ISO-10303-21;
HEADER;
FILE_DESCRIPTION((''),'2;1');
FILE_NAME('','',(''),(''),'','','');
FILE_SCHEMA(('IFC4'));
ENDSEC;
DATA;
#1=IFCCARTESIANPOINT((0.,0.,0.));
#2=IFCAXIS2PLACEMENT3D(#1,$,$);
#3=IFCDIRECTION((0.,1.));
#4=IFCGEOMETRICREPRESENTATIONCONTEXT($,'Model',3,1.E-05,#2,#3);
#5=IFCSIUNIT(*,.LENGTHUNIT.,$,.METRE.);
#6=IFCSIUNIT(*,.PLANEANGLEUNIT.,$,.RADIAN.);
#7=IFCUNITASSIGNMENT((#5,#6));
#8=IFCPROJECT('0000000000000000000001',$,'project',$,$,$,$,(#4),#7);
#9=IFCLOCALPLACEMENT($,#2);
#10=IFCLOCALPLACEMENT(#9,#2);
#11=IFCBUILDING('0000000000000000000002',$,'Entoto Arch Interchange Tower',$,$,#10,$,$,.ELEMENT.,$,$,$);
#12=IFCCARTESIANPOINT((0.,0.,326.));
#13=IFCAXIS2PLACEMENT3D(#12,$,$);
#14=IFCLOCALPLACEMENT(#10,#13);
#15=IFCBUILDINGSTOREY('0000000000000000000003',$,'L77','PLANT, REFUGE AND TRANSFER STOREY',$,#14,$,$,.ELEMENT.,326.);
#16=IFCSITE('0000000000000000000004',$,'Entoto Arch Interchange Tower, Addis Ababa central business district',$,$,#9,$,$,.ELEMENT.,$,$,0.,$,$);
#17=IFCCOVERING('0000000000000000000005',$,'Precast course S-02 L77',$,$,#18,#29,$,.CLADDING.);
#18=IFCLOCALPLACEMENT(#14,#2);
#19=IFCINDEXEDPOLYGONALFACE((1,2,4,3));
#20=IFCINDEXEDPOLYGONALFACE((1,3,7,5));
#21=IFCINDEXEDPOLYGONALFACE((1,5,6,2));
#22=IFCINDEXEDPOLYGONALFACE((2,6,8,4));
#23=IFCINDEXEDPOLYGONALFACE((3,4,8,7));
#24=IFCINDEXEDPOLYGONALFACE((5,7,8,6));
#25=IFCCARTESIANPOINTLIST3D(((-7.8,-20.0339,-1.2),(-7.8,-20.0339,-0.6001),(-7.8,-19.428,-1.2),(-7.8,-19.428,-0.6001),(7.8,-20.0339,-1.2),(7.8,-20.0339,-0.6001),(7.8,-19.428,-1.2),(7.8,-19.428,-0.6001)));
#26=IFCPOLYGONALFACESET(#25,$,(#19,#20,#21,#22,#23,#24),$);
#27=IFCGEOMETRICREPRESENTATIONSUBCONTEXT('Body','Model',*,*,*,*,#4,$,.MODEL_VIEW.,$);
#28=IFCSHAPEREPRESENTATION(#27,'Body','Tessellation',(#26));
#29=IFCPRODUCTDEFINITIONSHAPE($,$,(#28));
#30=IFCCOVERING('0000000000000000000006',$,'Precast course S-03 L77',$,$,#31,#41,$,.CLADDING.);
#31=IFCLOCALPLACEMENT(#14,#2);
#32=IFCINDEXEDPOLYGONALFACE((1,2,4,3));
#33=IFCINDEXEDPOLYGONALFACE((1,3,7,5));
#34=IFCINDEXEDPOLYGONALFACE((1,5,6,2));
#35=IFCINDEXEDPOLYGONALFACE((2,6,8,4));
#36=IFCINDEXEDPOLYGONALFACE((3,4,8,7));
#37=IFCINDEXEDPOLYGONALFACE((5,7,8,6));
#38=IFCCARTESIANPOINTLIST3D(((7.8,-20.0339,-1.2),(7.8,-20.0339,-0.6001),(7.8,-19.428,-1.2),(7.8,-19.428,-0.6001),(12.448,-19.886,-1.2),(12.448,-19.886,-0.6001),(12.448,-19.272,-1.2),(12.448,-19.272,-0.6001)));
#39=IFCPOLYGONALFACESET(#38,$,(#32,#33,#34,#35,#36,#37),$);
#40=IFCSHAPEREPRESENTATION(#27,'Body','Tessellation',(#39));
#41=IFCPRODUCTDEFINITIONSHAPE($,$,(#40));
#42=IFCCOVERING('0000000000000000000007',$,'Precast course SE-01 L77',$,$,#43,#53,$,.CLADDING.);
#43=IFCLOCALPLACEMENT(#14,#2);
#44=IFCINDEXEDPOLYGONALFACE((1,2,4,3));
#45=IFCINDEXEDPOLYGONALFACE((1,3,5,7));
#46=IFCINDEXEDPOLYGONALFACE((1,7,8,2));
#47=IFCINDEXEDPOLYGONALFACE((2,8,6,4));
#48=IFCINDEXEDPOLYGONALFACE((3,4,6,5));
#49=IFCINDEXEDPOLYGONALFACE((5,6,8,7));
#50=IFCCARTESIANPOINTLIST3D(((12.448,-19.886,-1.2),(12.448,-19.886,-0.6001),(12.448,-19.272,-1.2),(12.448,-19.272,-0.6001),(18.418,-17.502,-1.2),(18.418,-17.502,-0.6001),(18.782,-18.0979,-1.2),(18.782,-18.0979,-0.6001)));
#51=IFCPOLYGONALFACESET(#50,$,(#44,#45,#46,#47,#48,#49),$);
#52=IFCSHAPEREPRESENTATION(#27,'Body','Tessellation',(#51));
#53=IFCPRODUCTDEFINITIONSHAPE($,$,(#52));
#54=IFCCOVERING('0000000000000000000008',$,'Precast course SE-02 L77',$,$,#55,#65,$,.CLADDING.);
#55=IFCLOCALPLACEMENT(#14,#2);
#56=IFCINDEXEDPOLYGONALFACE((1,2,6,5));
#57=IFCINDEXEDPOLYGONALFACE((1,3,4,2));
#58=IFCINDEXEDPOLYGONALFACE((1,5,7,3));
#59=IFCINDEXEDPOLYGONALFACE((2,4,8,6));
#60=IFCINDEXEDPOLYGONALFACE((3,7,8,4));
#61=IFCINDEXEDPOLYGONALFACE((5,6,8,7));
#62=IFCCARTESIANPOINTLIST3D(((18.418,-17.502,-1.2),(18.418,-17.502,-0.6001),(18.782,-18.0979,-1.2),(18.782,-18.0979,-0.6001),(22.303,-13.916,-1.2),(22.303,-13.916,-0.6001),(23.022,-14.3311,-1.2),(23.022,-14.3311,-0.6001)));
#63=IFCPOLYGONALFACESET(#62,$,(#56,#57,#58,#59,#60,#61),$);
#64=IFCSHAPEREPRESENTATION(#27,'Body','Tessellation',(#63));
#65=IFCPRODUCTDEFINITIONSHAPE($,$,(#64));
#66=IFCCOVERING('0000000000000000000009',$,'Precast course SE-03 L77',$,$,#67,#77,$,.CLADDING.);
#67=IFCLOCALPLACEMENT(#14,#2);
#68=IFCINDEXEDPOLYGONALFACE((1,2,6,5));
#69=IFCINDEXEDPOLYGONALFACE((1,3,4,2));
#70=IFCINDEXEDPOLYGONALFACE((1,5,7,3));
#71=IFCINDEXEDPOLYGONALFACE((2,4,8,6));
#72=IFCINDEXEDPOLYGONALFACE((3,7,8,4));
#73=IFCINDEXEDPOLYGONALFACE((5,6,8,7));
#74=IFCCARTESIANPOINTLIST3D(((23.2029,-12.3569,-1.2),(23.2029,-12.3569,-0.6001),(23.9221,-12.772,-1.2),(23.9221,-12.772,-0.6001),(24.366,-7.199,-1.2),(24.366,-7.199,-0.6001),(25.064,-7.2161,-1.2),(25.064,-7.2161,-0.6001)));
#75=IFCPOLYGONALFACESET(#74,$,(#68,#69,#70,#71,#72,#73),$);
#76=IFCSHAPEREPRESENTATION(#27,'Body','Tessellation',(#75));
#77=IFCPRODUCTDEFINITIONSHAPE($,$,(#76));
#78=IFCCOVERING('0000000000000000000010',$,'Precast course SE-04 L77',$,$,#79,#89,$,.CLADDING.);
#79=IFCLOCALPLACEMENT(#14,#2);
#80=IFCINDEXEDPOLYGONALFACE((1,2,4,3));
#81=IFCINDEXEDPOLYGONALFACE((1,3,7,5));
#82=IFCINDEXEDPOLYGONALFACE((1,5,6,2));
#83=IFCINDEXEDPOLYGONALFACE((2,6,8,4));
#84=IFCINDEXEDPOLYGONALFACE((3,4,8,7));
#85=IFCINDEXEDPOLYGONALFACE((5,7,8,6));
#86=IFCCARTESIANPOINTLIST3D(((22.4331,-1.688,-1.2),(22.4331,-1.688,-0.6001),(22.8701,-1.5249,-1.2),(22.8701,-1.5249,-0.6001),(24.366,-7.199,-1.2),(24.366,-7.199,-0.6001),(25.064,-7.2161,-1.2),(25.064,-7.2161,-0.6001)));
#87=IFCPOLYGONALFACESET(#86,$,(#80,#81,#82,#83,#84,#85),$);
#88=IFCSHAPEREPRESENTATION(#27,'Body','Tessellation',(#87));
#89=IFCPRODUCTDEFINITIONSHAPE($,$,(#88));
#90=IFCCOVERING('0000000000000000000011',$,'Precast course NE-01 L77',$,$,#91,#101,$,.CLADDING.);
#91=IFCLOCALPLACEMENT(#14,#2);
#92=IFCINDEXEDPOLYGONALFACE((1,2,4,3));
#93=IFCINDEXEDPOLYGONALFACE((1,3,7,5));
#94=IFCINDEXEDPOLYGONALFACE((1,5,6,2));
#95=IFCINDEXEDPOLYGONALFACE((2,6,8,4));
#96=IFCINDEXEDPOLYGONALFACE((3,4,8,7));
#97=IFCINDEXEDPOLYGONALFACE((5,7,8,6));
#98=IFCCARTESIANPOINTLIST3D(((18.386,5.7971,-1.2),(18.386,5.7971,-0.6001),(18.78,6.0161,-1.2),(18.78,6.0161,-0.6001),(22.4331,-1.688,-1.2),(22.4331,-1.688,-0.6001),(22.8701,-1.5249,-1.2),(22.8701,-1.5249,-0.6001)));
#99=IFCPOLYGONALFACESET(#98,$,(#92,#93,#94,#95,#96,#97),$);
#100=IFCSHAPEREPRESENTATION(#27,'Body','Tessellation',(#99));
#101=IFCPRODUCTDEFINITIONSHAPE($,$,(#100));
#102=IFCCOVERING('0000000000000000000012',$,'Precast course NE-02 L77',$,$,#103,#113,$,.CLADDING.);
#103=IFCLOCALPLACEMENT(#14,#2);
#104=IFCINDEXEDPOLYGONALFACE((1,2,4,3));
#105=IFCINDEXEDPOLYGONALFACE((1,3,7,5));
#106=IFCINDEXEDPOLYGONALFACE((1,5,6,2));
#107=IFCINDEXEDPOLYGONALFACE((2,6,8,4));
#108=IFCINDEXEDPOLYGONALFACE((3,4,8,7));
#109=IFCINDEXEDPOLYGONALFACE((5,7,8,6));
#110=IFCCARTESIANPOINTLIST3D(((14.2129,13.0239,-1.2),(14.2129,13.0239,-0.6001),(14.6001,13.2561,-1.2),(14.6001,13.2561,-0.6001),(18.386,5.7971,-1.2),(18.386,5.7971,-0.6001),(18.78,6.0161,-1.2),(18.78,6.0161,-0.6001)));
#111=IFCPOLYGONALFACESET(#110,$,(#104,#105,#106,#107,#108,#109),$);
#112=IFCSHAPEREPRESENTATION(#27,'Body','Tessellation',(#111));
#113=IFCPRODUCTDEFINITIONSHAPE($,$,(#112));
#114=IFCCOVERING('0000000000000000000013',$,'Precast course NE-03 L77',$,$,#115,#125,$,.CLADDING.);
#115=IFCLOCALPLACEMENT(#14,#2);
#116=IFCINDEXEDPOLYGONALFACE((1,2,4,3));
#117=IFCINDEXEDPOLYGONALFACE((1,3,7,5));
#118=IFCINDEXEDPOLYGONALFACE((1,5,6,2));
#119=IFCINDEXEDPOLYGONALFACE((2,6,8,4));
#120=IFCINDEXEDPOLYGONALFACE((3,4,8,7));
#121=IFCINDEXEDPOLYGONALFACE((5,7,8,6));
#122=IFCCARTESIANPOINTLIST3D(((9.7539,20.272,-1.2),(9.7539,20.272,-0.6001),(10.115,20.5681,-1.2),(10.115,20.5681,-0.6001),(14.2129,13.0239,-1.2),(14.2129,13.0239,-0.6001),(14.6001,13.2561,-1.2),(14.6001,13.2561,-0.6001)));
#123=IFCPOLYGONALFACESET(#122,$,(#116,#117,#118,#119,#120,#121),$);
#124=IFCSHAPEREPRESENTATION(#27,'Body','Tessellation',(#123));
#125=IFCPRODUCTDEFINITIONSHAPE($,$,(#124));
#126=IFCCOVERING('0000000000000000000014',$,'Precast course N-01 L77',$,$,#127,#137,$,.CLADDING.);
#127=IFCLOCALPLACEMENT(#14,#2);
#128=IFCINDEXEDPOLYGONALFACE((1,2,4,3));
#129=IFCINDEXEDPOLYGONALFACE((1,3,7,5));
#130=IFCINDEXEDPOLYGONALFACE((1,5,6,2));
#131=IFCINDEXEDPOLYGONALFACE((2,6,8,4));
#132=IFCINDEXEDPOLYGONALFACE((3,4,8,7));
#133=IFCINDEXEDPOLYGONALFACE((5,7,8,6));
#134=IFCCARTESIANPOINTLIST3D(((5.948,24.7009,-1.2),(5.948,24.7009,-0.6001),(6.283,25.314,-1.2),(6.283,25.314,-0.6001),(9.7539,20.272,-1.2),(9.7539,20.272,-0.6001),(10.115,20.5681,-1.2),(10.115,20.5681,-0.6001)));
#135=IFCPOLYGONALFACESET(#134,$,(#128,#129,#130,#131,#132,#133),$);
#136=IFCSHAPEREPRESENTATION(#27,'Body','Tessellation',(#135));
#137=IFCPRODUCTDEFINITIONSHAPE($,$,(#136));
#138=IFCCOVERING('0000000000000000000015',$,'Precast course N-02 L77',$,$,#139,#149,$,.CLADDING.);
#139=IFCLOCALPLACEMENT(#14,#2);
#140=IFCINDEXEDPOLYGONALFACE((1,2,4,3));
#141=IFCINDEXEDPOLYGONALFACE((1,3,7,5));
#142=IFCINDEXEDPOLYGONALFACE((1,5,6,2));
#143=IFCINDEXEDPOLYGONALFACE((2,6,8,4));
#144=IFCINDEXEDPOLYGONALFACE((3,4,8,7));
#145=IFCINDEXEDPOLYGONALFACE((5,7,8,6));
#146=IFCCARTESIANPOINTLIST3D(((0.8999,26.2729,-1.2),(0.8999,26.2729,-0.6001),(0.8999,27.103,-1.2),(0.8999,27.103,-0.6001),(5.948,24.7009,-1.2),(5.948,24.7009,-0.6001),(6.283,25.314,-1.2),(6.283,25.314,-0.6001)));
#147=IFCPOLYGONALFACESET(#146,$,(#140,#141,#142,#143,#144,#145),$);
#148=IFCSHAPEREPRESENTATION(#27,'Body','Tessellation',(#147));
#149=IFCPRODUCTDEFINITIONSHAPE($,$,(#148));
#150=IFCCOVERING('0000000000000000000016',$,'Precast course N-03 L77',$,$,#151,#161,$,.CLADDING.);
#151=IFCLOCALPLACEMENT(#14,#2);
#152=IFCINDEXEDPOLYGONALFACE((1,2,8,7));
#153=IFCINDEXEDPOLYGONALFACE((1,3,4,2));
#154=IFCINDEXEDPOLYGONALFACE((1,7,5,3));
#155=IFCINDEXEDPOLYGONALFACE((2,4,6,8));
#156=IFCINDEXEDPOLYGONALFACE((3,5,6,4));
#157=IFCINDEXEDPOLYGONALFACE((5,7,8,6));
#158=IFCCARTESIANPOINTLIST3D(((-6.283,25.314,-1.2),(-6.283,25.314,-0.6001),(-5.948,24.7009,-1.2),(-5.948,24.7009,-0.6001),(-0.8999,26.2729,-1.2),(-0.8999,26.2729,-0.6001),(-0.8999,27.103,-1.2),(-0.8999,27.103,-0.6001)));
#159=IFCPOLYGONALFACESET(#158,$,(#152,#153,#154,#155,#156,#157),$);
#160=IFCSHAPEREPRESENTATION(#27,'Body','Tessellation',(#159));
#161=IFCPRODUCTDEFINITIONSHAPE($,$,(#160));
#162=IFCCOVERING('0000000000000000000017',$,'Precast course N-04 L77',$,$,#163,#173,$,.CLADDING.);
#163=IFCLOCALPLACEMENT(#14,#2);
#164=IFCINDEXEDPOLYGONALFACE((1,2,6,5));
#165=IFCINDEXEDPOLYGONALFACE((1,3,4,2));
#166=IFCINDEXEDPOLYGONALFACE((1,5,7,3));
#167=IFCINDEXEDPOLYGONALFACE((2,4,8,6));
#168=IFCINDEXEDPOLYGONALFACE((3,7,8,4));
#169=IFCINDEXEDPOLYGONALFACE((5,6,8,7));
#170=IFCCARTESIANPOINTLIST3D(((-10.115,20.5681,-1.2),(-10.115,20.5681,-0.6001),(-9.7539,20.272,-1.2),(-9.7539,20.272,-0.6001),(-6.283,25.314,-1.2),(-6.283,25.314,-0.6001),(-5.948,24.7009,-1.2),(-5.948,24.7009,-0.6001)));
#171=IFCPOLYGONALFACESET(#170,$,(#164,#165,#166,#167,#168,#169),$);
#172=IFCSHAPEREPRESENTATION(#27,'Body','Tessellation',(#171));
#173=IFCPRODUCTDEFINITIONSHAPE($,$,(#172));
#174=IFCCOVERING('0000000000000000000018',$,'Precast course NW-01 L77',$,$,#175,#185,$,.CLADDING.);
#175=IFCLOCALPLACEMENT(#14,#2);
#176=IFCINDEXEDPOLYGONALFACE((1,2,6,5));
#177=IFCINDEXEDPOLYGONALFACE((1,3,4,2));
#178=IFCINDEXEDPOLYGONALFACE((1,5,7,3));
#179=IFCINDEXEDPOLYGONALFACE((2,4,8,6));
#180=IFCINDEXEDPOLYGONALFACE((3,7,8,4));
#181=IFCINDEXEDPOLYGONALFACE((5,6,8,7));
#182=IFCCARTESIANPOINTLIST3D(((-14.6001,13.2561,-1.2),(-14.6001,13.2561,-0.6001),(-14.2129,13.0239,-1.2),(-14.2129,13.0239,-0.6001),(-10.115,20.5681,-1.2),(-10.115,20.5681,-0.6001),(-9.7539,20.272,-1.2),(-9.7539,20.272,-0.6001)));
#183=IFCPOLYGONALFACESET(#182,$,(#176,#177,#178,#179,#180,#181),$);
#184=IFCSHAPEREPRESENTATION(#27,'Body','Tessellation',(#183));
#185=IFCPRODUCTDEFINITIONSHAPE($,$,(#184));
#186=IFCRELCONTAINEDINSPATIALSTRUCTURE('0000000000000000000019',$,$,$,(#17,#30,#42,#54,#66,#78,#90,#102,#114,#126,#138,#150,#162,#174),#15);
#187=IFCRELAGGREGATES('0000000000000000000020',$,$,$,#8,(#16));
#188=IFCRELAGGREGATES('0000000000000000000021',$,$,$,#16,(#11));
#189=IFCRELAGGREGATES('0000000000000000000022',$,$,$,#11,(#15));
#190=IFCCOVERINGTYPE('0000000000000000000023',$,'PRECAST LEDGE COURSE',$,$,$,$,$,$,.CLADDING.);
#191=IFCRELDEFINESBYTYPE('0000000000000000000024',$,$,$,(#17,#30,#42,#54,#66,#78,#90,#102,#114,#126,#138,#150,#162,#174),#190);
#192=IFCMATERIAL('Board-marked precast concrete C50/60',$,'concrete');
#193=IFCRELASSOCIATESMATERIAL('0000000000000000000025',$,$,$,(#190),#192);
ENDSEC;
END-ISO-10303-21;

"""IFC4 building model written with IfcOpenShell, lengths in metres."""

from ifc_helpers import new_model, si_unit, direction, frame, origin, place, context, subcontext, project, spatial, polyline, outline, extrude, material, type_object, element, save


model = new_model("IFC4")

# Units and contexts
model_context = context("Model", 3, precision=1e-05, world=origin(), true_north=direction((0.0, 1.0)))
body_context = subcontext(model_context, "Body", "Model", "MODEL_VIEW")
ifc_project = project(units=[si_unit("LENGTHUNIT", "METRE"), si_unit("PLANEANGLEUNIT", "RADIAN")], contexts=[model_context])

# Site, building, storey
site_placement = place(None, origin())
site = spatial("IfcSite", under=ifc_project, at=site_placement, Name="Entoto Arch Interchange Tower, Addis Ababa central business district", CompositionType="ELEMENT", RefElevation=0.0)
building_placement = place(site_placement, origin())
building = spatial("IfcBuilding", under=site, at=building_placement, Name="Entoto Arch Interchange Tower", CompositionType="ELEMENT")
storey_placement = place(building_placement, frame((0.0, 0.0, 326.0)))
storey = spatial("IfcBuildingStorey", under=building, at=storey_placement, Name="L77", Description="PLANT, REFUGE AND TRANSFER STOREY", CompositionType="ELEMENT", Elevation=326.0)

# Coverings
ifc_material_1 = material(Name="Board-marked precast concrete C50/60", Category="concrete")
covering_type = type_object("IfcCoveringType", Name="PRECAST LEDGE COURSE", PredefinedType="CLADDING", material=ifc_material_1)
covering_1_placement = place(storey_placement, frame((0.0, 0.0, -1.2)))
element("IfcCovering", 1, at=covering_1_placement, inside=storey, type_object=covering_type, Name="Precast course S-02 L77", PredefinedType="CLADDING", context=body_context, shape_type="SweptSolid", body=[
    extrude(outline(polyline([(7.8, -19.428), (7.8, -20.0339), (-7.8, -20.0339), (-7.8, -19.428), (7.8, -19.428)])), origin(), (0.0, 0.0, 1.0), 0.5999),
])
covering_2_placement = place(storey_placement, frame((0.0, 0.0, -1.2)))
element("IfcCovering", 2, at=covering_2_placement, inside=storey, type_object=covering_type, Name="Precast course S-03 L77", PredefinedType="CLADDING", context=body_context, shape_type="SweptSolid", body=[
    extrude(outline(polyline([(12.448, -19.272), (12.448, -19.886), (7.8, -20.0339), (7.8, -19.428), (12.448, -19.272)])), origin(), (0.0, 0.0, 1.0), 0.5999),
])
covering_3_placement = place(storey_placement, frame((0.0, 0.0, -1.2)))
element("IfcCovering", 3, at=covering_3_placement, inside=storey, type_object=covering_type, Name="Precast course SE-01 L77", PredefinedType="CLADDING", context=body_context, shape_type="SweptSolid", body=[
    extrude(outline(polyline([(18.418, -17.502), (18.782, -18.0979), (12.448, -19.886), (12.448, -19.272), (18.418, -17.502)])), origin(), (0.0, 0.0, 1.0), 0.5999),
])
covering_4_placement = place(storey_placement, frame((0.0, 0.0, -1.2)))
element("IfcCovering", 4, at=covering_4_placement, inside=storey, type_object=covering_type, Name="Precast course SE-02 L77", PredefinedType="CLADDING", context=body_context, shape_type="SweptSolid", body=[
    extrude(outline(polyline([(22.303, -13.916), (23.022, -14.3311), (18.782, -18.0979), (18.418, -17.502), (22.303, -13.916)])), origin(), (0.0, 0.0, 1.0), 0.5999),
])
covering_5_placement = place(storey_placement, frame((0.0, 0.0, -1.2)))
element("IfcCovering", 5, at=covering_5_placement, inside=storey, type_object=covering_type, Name="Precast course SE-03 L77", PredefinedType="CLADDING", context=body_context, shape_type="SweptSolid", body=[
    extrude(outline(polyline([(24.366, -7.199), (25.064, -7.2161), (23.9221, -12.772), (23.2029, -12.3569), (24.366, -7.199)])), origin(), (0.0, 0.0, 1.0), 0.5999),
])
covering_6_placement = place(storey_placement, frame((0.0, 0.0, -1.2)))
element("IfcCovering", 6, at=covering_6_placement, inside=storey, type_object=covering_type, Name="Precast course SE-04 L77", PredefinedType="CLADDING", context=body_context, shape_type="SweptSolid", body=[
    extrude(outline(polyline([(22.4331, -1.688), (22.8701, -1.5249), (25.064, -7.2161), (24.366, -7.199), (22.4331, -1.688)])), origin(), (0.0, 0.0, 1.0), 0.5999),
])
covering_7_placement = place(storey_placement, frame((0.0, 0.0, -1.2)))
element("IfcCovering", 7, at=covering_7_placement, inside=storey, type_object=covering_type, Name="Precast course NE-01 L77", PredefinedType="CLADDING", context=body_context, shape_type="SweptSolid", body=[
    extrude(outline(polyline([(18.386, 5.7971), (18.78, 6.0161), (22.8701, -1.5249), (22.4331, -1.688), (18.386, 5.7971)])), origin(), (0.0, 0.0, 1.0), 0.5999),
])
covering_8_placement = place(storey_placement, frame((0.0, 0.0, -1.2)))
element("IfcCovering", 8, at=covering_8_placement, inside=storey, type_object=covering_type, Name="Precast course NE-02 L77", PredefinedType="CLADDING", context=body_context, shape_type="SweptSolid", body=[
    extrude(outline(polyline([(14.2129, 13.0239), (14.6001, 13.2561), (18.78, 6.0161), (18.386, 5.7971), (14.2129, 13.0239)])), origin(), (0.0, 0.0, 1.0), 0.5999),
])
covering_9_placement = place(storey_placement, frame((0.0, 0.0, -1.2)))
element("IfcCovering", 9, at=covering_9_placement, inside=storey, type_object=covering_type, Name="Precast course NE-03 L77", PredefinedType="CLADDING", context=body_context, shape_type="SweptSolid", body=[
    extrude(outline(polyline([(9.7539, 20.272), (10.115, 20.5681), (14.6001, 13.2561), (14.2129, 13.0239), (9.7539, 20.272)])), origin(), (0.0, 0.0, 1.0), 0.5999),
])
covering_10_placement = place(storey_placement, frame((0.0, 0.0, -1.2)))
element("IfcCovering", 10, at=covering_10_placement, inside=storey, type_object=covering_type, Name="Precast course N-01 L77", PredefinedType="CLADDING", context=body_context, shape_type="SweptSolid", body=[
    extrude(outline(polyline([(5.948, 24.7009), (6.283, 25.314), (10.115, 20.5681), (9.7539, 20.272), (5.948, 24.7009)])), origin(), (0.0, 0.0, 1.0), 0.5999),
])
covering_11_placement = place(storey_placement, frame((0.0, 0.0, -1.2)))
element("IfcCovering", 11, at=covering_11_placement, inside=storey, type_object=covering_type, Name="Precast course N-02 L77", PredefinedType="CLADDING", context=body_context, shape_type="SweptSolid", body=[
    extrude(outline(polyline([(0.8999, 26.2729), (0.8999, 27.103), (6.283, 25.314), (5.948, 24.7009), (0.8999, 26.2729)])), origin(), (0.0, 0.0, 1.0), 0.5999),
])
covering_12_placement = place(storey_placement, frame((0.0, 0.0, -1.2)))
element("IfcCovering", 12, at=covering_12_placement, inside=storey, type_object=covering_type, Name="Precast course N-03 L77", PredefinedType="CLADDING", context=body_context, shape_type="SweptSolid", body=[
    extrude(outline(polyline([(-5.948, 24.7009), (-6.283, 25.314), (-0.8999, 27.103), (-0.8999, 26.2729), (-5.948, 24.7009)])), origin(), (0.0, 0.0, 1.0), 0.5999),
])
covering_13_placement = place(storey_placement, frame((0.0, 0.0, -1.2)))
element("IfcCovering", 13, at=covering_13_placement, inside=storey, type_object=covering_type, Name="Precast course N-04 L77", PredefinedType="CLADDING", context=body_context, shape_type="SweptSolid", body=[
    extrude(outline(polyline([(-9.7539, 20.272), (-10.115, 20.5681), (-6.283, 25.314), (-5.948, 24.7009), (-9.7539, 20.272)])), origin(), (0.0, 0.0, 1.0), 0.5999),
])
covering_14_placement = place(storey_placement, frame((0.0, 0.0, -1.2)))
element("IfcCovering", 14, at=covering_14_placement, inside=storey, type_object=covering_type, Name="Precast course NW-01 L77", PredefinedType="CLADDING", context=body_context, shape_type="SweptSolid", body=[
    extrude(outline(polyline([(-14.2129, 13.0239), (-14.6001, 13.2561), (-10.115, 20.5681), (-9.7539, 20.272), (-14.2129, 13.0239)])), origin(), (0.0, 0.0, 1.0), 0.5999),
])

save(model, "model.ifc")
